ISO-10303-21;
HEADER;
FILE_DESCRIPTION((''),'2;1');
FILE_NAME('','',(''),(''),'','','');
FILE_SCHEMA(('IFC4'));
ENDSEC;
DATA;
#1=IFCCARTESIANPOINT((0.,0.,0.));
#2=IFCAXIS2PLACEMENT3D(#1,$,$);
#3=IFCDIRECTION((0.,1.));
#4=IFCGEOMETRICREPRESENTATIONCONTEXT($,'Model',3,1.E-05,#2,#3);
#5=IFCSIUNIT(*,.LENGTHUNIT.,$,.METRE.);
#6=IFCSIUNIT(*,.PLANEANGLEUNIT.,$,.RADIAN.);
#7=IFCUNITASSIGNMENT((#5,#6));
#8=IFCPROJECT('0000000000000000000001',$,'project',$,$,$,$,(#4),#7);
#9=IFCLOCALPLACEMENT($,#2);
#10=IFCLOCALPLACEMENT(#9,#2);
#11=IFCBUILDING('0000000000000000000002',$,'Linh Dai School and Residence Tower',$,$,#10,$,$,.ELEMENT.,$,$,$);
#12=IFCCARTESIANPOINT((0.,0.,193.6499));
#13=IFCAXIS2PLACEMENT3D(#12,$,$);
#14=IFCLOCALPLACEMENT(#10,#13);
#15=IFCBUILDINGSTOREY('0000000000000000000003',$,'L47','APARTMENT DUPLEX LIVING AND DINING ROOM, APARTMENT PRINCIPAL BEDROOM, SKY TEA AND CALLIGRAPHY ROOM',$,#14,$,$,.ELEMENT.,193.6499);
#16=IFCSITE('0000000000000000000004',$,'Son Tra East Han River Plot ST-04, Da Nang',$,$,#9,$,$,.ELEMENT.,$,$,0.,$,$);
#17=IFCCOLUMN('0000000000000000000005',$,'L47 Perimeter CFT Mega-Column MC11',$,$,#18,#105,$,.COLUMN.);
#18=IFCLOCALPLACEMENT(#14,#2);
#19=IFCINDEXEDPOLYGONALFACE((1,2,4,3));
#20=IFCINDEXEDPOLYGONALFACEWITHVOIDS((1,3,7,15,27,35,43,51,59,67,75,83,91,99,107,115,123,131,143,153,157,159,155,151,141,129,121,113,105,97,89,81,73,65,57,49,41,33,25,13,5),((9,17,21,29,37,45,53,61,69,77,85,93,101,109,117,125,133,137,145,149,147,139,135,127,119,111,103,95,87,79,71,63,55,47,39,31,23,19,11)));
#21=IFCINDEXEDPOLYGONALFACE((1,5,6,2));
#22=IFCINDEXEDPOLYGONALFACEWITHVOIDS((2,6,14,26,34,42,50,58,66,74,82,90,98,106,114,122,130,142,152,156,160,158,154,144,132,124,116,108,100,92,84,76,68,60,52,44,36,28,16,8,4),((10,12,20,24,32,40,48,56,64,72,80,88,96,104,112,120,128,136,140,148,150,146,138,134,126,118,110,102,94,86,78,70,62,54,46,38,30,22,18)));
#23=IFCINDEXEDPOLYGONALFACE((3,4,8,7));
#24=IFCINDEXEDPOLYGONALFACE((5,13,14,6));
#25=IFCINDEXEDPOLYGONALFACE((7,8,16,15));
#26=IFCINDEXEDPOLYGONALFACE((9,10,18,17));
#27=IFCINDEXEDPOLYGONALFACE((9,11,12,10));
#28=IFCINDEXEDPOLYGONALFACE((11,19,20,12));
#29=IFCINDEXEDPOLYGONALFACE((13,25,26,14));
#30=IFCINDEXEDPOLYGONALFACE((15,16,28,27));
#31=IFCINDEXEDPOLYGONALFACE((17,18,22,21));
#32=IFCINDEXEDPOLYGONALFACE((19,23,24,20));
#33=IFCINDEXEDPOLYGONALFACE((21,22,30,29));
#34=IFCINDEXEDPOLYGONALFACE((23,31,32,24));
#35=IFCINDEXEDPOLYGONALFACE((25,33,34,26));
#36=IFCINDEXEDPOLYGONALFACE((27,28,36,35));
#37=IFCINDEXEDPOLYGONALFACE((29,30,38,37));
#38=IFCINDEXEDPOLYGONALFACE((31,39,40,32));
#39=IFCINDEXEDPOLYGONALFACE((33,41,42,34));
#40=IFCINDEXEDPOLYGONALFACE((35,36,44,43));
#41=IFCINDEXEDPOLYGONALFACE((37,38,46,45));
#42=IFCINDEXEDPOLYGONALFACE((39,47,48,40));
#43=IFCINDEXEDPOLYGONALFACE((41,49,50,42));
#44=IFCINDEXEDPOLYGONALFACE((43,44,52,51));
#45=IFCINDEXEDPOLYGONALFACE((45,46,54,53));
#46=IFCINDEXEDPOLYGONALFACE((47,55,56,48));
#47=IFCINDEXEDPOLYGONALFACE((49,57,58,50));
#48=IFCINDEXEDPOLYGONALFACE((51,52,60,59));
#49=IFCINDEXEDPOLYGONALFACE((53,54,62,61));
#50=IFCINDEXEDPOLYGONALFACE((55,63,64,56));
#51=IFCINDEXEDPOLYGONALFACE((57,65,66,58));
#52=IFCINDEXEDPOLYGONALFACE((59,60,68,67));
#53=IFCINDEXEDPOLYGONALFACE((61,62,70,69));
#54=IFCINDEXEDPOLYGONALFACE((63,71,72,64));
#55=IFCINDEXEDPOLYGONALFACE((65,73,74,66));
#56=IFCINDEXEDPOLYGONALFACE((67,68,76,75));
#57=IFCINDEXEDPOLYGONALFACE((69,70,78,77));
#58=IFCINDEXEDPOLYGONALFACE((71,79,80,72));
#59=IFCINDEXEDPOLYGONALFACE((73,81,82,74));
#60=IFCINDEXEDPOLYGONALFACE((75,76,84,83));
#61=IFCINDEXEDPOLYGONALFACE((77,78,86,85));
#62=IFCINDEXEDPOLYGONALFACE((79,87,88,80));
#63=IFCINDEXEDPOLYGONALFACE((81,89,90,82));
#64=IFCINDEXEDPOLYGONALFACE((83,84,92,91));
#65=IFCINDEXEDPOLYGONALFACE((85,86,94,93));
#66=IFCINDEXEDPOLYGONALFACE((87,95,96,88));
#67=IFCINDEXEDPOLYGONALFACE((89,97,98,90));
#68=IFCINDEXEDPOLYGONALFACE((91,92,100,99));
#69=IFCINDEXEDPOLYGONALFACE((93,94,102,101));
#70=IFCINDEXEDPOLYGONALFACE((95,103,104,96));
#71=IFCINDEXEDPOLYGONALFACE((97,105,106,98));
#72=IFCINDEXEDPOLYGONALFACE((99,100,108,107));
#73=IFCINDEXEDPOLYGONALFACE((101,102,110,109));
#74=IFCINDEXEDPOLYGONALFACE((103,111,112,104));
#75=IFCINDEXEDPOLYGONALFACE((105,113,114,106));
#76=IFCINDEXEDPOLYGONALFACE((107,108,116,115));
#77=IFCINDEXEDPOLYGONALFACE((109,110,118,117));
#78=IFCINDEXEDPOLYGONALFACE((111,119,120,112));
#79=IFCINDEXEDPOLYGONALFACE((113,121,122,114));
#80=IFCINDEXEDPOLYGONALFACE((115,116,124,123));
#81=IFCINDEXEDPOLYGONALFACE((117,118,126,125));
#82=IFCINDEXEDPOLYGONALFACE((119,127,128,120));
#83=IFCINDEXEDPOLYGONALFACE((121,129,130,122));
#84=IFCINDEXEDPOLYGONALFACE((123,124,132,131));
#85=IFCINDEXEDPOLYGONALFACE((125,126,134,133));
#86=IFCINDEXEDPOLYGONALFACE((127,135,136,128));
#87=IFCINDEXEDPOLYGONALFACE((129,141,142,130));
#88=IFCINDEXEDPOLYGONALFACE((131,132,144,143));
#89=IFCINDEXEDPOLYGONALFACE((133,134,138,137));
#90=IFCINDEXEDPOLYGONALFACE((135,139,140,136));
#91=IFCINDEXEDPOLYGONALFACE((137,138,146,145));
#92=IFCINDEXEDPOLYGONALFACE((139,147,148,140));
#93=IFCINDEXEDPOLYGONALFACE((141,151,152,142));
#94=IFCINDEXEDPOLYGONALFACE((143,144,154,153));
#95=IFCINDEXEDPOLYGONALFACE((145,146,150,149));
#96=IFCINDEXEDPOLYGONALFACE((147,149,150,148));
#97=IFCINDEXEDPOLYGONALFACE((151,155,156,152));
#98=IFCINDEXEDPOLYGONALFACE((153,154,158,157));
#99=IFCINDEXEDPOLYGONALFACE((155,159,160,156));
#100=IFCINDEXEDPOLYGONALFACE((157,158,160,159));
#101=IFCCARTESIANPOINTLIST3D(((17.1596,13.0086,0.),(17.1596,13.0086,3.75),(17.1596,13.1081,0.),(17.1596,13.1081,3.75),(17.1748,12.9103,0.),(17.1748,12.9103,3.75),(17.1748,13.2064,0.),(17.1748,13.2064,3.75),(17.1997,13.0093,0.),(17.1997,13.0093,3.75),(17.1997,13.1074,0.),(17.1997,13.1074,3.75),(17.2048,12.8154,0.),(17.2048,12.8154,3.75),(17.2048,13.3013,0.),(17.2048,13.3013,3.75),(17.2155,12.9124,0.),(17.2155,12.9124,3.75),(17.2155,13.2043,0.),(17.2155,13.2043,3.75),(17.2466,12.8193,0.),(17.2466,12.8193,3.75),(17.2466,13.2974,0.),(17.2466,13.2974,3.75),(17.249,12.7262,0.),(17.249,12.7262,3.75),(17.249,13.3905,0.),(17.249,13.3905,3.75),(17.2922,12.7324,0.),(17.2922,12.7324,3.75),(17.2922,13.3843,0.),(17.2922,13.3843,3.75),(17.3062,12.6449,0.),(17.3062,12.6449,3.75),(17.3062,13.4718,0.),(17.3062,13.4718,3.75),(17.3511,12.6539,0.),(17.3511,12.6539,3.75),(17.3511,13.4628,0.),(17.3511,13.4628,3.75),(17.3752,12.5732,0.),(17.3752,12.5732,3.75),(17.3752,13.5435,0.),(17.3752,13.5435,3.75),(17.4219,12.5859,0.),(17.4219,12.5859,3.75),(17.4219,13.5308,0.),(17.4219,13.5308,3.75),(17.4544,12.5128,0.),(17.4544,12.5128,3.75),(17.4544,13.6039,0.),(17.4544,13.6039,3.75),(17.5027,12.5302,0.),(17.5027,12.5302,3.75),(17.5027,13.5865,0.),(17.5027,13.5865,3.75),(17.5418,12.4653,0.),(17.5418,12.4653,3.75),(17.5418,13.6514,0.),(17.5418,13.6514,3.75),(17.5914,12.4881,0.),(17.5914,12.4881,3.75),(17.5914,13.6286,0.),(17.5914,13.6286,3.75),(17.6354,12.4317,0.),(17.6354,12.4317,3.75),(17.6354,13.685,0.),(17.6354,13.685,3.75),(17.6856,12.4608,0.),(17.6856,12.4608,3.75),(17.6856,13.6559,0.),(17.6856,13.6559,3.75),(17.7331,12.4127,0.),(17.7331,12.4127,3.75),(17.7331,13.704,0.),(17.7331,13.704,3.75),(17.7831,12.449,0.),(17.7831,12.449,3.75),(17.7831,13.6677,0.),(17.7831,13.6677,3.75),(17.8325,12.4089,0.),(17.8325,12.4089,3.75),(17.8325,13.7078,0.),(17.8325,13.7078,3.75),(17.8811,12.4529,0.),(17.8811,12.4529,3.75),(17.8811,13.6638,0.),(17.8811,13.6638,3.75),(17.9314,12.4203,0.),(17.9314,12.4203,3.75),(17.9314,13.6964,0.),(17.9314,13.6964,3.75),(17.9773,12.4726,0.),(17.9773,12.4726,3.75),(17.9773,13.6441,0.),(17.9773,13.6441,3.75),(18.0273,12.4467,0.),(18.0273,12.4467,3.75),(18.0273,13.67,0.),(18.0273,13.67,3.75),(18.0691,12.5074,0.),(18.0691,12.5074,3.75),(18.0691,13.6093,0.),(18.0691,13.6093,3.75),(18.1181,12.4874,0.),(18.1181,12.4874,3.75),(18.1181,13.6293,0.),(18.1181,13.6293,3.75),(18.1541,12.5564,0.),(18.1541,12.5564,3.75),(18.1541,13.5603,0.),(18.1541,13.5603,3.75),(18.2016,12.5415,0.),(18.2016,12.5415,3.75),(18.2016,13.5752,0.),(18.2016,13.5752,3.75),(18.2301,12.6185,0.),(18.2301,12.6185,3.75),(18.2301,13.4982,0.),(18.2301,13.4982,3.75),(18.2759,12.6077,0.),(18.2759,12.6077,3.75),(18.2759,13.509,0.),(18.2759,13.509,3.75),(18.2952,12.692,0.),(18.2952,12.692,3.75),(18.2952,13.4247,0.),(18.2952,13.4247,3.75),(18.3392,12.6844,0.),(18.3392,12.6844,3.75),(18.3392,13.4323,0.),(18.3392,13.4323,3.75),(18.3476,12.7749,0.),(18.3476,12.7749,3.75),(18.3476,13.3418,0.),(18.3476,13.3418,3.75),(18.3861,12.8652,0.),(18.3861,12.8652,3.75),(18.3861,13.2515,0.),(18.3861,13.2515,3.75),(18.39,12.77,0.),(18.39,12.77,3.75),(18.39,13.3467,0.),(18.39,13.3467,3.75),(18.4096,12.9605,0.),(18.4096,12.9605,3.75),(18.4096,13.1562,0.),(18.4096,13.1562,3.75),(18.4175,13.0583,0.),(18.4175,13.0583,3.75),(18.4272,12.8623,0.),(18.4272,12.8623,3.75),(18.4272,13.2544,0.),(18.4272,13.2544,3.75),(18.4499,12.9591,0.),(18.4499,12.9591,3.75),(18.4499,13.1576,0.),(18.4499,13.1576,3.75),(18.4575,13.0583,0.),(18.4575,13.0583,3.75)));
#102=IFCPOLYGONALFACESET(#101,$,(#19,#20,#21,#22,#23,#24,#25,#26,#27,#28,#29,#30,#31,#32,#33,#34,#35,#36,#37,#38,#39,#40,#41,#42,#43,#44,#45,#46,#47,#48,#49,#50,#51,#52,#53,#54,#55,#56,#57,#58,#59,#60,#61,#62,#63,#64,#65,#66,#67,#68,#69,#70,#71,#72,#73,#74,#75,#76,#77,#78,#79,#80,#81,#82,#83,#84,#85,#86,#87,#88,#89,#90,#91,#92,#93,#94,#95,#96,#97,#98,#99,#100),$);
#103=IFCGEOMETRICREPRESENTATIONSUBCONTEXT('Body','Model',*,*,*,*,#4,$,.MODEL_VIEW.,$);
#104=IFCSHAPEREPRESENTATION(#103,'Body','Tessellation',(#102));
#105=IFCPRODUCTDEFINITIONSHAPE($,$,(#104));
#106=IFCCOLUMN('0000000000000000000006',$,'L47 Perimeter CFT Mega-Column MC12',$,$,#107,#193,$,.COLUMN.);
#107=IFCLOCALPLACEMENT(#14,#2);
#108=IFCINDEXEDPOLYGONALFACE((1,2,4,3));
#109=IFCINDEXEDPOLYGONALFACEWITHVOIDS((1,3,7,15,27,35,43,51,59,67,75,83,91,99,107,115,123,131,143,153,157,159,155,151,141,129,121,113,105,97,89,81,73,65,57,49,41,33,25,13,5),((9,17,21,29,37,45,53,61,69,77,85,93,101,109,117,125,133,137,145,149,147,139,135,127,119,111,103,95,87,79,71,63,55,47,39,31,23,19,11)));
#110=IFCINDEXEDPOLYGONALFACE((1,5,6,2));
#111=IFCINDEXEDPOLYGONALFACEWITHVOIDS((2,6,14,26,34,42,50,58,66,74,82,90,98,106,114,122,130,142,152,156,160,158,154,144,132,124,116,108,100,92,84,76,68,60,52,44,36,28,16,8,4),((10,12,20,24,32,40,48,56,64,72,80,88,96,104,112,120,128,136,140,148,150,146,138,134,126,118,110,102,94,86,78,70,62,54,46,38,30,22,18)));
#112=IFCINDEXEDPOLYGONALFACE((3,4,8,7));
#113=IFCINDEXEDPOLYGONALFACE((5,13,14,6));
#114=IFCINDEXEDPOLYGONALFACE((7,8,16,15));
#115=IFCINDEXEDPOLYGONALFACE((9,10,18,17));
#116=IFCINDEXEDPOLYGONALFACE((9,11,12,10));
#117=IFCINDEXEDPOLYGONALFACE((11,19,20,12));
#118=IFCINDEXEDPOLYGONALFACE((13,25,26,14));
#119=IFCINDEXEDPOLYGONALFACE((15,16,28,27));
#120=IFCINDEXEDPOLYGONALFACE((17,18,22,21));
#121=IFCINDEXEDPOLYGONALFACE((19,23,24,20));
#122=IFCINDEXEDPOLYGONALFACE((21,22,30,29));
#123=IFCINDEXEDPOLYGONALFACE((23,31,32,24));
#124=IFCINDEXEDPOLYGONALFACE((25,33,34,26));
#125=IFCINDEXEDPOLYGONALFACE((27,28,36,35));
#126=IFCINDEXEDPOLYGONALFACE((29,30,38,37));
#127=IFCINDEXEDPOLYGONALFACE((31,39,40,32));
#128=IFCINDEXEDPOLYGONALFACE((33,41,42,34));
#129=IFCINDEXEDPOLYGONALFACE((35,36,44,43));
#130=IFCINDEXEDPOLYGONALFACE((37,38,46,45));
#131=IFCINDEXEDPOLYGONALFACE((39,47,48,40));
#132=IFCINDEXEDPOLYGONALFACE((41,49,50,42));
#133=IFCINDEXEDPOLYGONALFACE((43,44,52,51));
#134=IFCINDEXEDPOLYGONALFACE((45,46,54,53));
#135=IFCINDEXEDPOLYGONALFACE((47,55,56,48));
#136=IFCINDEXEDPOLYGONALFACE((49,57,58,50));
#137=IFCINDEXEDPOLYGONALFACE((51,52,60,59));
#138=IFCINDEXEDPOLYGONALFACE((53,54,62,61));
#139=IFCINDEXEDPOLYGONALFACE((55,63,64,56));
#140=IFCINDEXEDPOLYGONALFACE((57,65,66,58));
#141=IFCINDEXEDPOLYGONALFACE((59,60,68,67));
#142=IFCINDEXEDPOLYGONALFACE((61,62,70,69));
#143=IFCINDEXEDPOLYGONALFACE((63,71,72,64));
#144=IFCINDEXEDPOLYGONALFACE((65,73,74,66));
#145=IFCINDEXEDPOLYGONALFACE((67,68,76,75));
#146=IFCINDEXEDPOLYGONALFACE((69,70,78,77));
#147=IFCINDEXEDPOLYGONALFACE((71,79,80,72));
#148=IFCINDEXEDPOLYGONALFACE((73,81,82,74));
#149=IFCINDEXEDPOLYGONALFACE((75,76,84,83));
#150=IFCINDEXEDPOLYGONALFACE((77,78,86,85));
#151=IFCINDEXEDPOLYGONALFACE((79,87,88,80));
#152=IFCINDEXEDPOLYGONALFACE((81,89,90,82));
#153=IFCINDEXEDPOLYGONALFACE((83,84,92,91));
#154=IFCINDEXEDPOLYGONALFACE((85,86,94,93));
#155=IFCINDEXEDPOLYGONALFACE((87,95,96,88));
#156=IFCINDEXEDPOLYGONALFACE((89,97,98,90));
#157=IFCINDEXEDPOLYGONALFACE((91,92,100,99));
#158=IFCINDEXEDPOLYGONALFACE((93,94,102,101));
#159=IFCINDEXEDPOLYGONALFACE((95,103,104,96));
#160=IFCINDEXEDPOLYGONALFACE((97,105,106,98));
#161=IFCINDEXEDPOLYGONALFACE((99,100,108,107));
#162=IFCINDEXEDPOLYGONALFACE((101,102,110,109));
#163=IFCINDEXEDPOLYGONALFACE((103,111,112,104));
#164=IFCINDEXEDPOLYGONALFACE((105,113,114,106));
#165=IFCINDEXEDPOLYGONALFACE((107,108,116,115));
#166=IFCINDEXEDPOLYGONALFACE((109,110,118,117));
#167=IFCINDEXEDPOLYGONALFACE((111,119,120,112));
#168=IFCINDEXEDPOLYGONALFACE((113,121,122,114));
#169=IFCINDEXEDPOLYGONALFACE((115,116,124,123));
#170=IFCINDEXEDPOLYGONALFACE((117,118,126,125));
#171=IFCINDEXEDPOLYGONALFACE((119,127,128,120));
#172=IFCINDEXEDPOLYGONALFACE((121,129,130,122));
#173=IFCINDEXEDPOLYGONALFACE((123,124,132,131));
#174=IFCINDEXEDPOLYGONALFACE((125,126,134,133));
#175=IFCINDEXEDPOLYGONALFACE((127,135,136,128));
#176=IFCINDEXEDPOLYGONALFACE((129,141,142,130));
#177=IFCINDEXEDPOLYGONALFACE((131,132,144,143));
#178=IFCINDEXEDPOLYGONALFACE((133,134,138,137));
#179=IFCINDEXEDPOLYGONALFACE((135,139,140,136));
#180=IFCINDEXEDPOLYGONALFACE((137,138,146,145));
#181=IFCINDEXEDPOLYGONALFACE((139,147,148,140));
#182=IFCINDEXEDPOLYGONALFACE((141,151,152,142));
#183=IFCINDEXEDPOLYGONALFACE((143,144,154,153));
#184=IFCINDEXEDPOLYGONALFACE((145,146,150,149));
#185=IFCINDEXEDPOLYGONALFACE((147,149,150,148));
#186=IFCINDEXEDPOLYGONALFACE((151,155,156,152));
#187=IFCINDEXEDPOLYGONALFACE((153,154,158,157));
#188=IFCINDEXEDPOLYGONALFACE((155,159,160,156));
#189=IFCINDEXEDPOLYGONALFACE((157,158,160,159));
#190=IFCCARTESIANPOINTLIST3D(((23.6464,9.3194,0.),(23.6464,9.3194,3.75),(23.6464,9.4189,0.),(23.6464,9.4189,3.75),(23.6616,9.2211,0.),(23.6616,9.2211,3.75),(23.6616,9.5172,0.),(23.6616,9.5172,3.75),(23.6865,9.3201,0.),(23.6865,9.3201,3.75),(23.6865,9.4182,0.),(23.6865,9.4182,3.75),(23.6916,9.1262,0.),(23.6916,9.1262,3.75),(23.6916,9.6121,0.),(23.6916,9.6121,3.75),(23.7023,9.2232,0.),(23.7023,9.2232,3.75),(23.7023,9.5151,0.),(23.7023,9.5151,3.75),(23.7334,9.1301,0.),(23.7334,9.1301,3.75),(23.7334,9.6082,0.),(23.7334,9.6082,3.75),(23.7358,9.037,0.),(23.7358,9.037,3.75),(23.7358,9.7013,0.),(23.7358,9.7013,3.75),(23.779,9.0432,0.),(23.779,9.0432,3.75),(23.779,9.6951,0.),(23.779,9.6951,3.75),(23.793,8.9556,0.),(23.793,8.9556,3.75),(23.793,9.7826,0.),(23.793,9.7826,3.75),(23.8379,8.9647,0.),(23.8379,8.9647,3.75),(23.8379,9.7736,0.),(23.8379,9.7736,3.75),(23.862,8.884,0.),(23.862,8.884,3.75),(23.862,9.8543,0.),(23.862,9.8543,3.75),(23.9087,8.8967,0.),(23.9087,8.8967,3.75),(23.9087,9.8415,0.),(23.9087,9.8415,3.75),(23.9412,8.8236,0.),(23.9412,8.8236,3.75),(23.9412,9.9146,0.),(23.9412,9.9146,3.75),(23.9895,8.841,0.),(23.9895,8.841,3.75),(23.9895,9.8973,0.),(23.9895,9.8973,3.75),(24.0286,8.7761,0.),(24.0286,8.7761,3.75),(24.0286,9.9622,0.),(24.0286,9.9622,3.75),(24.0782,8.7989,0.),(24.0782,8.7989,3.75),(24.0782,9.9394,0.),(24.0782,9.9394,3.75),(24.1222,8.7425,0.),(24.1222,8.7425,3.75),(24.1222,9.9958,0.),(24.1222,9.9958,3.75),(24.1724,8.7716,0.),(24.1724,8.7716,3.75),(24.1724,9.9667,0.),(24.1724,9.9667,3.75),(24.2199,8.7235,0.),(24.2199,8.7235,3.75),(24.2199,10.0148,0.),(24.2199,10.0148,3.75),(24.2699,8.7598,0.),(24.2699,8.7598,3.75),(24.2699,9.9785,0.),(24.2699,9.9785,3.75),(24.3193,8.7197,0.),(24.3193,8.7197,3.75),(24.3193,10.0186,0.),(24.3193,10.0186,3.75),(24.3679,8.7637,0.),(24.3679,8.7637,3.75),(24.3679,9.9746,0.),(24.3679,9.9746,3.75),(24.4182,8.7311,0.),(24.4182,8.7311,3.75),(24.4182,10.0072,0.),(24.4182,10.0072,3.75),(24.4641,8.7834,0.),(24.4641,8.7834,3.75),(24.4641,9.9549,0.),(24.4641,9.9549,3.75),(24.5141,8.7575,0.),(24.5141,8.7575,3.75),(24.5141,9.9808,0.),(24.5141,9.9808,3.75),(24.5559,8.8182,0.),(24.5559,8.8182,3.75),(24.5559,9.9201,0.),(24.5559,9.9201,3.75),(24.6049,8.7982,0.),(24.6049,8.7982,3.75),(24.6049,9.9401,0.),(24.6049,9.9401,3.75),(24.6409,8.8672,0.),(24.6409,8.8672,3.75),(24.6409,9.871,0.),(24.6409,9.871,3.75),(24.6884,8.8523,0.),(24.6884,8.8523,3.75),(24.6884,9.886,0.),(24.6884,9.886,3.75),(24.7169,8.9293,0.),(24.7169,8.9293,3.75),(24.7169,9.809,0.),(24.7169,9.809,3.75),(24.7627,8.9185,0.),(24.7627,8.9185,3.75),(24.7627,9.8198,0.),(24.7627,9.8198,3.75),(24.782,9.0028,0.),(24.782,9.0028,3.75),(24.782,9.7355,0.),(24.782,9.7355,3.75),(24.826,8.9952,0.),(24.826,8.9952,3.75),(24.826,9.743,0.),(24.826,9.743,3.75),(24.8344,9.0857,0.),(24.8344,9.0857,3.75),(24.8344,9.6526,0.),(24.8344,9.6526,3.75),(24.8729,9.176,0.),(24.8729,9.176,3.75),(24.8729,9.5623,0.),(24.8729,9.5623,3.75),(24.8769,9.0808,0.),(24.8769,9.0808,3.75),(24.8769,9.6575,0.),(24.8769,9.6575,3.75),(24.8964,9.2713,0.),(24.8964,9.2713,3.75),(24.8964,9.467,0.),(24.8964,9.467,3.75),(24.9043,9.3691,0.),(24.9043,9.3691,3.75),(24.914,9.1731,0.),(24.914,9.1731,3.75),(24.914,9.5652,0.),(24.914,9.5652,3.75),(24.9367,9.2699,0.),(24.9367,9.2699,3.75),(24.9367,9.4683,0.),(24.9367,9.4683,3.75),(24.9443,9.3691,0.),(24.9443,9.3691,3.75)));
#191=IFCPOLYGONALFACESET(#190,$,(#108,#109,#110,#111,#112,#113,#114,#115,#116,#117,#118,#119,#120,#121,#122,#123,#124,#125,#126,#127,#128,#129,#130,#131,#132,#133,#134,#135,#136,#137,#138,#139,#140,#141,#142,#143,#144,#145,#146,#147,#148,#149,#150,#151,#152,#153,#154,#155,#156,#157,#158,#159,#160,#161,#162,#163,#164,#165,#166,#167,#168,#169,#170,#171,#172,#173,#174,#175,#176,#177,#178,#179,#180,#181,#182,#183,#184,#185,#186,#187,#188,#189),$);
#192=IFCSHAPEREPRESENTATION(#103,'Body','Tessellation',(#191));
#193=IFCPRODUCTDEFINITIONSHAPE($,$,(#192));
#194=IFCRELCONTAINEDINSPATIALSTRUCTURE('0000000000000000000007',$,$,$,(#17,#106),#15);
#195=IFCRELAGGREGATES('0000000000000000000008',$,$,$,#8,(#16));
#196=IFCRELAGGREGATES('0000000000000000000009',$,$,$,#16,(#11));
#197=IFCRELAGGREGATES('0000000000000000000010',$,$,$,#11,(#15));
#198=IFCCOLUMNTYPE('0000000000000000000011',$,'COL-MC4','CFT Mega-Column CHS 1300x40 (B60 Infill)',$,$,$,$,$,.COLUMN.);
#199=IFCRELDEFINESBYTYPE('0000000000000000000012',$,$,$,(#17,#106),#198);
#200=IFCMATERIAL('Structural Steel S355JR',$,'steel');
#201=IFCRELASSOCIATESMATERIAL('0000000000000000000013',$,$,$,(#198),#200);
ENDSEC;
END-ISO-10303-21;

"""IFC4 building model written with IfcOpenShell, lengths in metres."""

from ifc_helpers import new_model, si_unit, direction, frame, origin, origin_2d, place, context, subcontext, project, spatial, hollow_circle, extrude, material, material_profile, profile_set, type_object, element, save


model = new_model("IFC4")

# Units and contexts
model_context = context("Model", 3, precision=1e-05, world=origin(), true_north=direction((0.0, 1.0)))
body_context = subcontext(model_context, "Body", "Model", "MODEL_VIEW")
ifc_project = project(units=[si_unit("LENGTHUNIT", "METRE"), si_unit("PLANEANGLEUNIT", "RADIAN")], contexts=[model_context])

# Site, building, storey
site_placement = place(None, origin())
site = spatial("IfcSite", under=ifc_project, at=site_placement, Name="Son Tra East Han River Plot ST-04, Da Nang", CompositionType="ELEMENT", RefElevation=0.0)
building_placement = place(site_placement, origin())
building = spatial("IfcBuilding", under=site, at=building_placement, Name="Linh Dai School and Residence Tower", CompositionType="ELEMENT")
storey_placement = place(building_placement, frame((0.0, 0.0, 193.6499)))
storey = spatial("IfcBuildingStorey", under=building, at=storey_placement, Name="L47", Description="APARTMENT DUPLEX LIVING AND DINING ROOM, APARTMENT PRINCIPAL BEDROOM, SKY TEA AND CALLIGRAPHY ROOM", CompositionType="ELEMENT", Elevation=193.6499)

# Columns
ifc_material_1 = material(Name="Structural Steel S355JR", Category="steel")
ifc_material_profile_1 = material_profile(ifc_material_1, hollow_circle(Radius=0.6499, WallThickness=0.04, at=origin_2d()), Name="CHS 1300x40")
ifc_profile_set_1 = profile_set([ifc_material_profile_1], Name="Structural Steel S355JR")
column_type = type_object("IfcColumnType", Name="COL-MC4", Description="CFT Mega-Column CHS 1300x40 (B60 Infill)", PredefinedType="COLUMN", material=ifc_profile_set_1)
for number, where, z_axis, x_axis, name in (
    (1, (17.8076, 13.0583, 0.0), (0.0, 0.0, 1.0), (1.0, 0.0, 0.0), "L47 Perimeter CFT Mega-Column MC11"),
    (2, (24.2944, 9.3691, 0.0), (0.0, 0.0, 1.0), (1.0, 0.0, 0.0), "L47 Perimeter CFT Mega-Column MC12"),
):
    element("IfcColumn", number, at=place(storey_placement, frame(where, z_axis=z_axis, x_axis=x_axis)), inside=storey, type_object=column_type, Name=name, PredefinedType="COLUMN", context=body_context, shape_type="SweptSolid", body=[
        extrude(hollow_circle(Radius=0.6499, WallThickness=0.04, at=origin_2d()), origin(), (0.0, 0.0, 1.0), 3.75),
    ])

save(model, "model.ifc")
